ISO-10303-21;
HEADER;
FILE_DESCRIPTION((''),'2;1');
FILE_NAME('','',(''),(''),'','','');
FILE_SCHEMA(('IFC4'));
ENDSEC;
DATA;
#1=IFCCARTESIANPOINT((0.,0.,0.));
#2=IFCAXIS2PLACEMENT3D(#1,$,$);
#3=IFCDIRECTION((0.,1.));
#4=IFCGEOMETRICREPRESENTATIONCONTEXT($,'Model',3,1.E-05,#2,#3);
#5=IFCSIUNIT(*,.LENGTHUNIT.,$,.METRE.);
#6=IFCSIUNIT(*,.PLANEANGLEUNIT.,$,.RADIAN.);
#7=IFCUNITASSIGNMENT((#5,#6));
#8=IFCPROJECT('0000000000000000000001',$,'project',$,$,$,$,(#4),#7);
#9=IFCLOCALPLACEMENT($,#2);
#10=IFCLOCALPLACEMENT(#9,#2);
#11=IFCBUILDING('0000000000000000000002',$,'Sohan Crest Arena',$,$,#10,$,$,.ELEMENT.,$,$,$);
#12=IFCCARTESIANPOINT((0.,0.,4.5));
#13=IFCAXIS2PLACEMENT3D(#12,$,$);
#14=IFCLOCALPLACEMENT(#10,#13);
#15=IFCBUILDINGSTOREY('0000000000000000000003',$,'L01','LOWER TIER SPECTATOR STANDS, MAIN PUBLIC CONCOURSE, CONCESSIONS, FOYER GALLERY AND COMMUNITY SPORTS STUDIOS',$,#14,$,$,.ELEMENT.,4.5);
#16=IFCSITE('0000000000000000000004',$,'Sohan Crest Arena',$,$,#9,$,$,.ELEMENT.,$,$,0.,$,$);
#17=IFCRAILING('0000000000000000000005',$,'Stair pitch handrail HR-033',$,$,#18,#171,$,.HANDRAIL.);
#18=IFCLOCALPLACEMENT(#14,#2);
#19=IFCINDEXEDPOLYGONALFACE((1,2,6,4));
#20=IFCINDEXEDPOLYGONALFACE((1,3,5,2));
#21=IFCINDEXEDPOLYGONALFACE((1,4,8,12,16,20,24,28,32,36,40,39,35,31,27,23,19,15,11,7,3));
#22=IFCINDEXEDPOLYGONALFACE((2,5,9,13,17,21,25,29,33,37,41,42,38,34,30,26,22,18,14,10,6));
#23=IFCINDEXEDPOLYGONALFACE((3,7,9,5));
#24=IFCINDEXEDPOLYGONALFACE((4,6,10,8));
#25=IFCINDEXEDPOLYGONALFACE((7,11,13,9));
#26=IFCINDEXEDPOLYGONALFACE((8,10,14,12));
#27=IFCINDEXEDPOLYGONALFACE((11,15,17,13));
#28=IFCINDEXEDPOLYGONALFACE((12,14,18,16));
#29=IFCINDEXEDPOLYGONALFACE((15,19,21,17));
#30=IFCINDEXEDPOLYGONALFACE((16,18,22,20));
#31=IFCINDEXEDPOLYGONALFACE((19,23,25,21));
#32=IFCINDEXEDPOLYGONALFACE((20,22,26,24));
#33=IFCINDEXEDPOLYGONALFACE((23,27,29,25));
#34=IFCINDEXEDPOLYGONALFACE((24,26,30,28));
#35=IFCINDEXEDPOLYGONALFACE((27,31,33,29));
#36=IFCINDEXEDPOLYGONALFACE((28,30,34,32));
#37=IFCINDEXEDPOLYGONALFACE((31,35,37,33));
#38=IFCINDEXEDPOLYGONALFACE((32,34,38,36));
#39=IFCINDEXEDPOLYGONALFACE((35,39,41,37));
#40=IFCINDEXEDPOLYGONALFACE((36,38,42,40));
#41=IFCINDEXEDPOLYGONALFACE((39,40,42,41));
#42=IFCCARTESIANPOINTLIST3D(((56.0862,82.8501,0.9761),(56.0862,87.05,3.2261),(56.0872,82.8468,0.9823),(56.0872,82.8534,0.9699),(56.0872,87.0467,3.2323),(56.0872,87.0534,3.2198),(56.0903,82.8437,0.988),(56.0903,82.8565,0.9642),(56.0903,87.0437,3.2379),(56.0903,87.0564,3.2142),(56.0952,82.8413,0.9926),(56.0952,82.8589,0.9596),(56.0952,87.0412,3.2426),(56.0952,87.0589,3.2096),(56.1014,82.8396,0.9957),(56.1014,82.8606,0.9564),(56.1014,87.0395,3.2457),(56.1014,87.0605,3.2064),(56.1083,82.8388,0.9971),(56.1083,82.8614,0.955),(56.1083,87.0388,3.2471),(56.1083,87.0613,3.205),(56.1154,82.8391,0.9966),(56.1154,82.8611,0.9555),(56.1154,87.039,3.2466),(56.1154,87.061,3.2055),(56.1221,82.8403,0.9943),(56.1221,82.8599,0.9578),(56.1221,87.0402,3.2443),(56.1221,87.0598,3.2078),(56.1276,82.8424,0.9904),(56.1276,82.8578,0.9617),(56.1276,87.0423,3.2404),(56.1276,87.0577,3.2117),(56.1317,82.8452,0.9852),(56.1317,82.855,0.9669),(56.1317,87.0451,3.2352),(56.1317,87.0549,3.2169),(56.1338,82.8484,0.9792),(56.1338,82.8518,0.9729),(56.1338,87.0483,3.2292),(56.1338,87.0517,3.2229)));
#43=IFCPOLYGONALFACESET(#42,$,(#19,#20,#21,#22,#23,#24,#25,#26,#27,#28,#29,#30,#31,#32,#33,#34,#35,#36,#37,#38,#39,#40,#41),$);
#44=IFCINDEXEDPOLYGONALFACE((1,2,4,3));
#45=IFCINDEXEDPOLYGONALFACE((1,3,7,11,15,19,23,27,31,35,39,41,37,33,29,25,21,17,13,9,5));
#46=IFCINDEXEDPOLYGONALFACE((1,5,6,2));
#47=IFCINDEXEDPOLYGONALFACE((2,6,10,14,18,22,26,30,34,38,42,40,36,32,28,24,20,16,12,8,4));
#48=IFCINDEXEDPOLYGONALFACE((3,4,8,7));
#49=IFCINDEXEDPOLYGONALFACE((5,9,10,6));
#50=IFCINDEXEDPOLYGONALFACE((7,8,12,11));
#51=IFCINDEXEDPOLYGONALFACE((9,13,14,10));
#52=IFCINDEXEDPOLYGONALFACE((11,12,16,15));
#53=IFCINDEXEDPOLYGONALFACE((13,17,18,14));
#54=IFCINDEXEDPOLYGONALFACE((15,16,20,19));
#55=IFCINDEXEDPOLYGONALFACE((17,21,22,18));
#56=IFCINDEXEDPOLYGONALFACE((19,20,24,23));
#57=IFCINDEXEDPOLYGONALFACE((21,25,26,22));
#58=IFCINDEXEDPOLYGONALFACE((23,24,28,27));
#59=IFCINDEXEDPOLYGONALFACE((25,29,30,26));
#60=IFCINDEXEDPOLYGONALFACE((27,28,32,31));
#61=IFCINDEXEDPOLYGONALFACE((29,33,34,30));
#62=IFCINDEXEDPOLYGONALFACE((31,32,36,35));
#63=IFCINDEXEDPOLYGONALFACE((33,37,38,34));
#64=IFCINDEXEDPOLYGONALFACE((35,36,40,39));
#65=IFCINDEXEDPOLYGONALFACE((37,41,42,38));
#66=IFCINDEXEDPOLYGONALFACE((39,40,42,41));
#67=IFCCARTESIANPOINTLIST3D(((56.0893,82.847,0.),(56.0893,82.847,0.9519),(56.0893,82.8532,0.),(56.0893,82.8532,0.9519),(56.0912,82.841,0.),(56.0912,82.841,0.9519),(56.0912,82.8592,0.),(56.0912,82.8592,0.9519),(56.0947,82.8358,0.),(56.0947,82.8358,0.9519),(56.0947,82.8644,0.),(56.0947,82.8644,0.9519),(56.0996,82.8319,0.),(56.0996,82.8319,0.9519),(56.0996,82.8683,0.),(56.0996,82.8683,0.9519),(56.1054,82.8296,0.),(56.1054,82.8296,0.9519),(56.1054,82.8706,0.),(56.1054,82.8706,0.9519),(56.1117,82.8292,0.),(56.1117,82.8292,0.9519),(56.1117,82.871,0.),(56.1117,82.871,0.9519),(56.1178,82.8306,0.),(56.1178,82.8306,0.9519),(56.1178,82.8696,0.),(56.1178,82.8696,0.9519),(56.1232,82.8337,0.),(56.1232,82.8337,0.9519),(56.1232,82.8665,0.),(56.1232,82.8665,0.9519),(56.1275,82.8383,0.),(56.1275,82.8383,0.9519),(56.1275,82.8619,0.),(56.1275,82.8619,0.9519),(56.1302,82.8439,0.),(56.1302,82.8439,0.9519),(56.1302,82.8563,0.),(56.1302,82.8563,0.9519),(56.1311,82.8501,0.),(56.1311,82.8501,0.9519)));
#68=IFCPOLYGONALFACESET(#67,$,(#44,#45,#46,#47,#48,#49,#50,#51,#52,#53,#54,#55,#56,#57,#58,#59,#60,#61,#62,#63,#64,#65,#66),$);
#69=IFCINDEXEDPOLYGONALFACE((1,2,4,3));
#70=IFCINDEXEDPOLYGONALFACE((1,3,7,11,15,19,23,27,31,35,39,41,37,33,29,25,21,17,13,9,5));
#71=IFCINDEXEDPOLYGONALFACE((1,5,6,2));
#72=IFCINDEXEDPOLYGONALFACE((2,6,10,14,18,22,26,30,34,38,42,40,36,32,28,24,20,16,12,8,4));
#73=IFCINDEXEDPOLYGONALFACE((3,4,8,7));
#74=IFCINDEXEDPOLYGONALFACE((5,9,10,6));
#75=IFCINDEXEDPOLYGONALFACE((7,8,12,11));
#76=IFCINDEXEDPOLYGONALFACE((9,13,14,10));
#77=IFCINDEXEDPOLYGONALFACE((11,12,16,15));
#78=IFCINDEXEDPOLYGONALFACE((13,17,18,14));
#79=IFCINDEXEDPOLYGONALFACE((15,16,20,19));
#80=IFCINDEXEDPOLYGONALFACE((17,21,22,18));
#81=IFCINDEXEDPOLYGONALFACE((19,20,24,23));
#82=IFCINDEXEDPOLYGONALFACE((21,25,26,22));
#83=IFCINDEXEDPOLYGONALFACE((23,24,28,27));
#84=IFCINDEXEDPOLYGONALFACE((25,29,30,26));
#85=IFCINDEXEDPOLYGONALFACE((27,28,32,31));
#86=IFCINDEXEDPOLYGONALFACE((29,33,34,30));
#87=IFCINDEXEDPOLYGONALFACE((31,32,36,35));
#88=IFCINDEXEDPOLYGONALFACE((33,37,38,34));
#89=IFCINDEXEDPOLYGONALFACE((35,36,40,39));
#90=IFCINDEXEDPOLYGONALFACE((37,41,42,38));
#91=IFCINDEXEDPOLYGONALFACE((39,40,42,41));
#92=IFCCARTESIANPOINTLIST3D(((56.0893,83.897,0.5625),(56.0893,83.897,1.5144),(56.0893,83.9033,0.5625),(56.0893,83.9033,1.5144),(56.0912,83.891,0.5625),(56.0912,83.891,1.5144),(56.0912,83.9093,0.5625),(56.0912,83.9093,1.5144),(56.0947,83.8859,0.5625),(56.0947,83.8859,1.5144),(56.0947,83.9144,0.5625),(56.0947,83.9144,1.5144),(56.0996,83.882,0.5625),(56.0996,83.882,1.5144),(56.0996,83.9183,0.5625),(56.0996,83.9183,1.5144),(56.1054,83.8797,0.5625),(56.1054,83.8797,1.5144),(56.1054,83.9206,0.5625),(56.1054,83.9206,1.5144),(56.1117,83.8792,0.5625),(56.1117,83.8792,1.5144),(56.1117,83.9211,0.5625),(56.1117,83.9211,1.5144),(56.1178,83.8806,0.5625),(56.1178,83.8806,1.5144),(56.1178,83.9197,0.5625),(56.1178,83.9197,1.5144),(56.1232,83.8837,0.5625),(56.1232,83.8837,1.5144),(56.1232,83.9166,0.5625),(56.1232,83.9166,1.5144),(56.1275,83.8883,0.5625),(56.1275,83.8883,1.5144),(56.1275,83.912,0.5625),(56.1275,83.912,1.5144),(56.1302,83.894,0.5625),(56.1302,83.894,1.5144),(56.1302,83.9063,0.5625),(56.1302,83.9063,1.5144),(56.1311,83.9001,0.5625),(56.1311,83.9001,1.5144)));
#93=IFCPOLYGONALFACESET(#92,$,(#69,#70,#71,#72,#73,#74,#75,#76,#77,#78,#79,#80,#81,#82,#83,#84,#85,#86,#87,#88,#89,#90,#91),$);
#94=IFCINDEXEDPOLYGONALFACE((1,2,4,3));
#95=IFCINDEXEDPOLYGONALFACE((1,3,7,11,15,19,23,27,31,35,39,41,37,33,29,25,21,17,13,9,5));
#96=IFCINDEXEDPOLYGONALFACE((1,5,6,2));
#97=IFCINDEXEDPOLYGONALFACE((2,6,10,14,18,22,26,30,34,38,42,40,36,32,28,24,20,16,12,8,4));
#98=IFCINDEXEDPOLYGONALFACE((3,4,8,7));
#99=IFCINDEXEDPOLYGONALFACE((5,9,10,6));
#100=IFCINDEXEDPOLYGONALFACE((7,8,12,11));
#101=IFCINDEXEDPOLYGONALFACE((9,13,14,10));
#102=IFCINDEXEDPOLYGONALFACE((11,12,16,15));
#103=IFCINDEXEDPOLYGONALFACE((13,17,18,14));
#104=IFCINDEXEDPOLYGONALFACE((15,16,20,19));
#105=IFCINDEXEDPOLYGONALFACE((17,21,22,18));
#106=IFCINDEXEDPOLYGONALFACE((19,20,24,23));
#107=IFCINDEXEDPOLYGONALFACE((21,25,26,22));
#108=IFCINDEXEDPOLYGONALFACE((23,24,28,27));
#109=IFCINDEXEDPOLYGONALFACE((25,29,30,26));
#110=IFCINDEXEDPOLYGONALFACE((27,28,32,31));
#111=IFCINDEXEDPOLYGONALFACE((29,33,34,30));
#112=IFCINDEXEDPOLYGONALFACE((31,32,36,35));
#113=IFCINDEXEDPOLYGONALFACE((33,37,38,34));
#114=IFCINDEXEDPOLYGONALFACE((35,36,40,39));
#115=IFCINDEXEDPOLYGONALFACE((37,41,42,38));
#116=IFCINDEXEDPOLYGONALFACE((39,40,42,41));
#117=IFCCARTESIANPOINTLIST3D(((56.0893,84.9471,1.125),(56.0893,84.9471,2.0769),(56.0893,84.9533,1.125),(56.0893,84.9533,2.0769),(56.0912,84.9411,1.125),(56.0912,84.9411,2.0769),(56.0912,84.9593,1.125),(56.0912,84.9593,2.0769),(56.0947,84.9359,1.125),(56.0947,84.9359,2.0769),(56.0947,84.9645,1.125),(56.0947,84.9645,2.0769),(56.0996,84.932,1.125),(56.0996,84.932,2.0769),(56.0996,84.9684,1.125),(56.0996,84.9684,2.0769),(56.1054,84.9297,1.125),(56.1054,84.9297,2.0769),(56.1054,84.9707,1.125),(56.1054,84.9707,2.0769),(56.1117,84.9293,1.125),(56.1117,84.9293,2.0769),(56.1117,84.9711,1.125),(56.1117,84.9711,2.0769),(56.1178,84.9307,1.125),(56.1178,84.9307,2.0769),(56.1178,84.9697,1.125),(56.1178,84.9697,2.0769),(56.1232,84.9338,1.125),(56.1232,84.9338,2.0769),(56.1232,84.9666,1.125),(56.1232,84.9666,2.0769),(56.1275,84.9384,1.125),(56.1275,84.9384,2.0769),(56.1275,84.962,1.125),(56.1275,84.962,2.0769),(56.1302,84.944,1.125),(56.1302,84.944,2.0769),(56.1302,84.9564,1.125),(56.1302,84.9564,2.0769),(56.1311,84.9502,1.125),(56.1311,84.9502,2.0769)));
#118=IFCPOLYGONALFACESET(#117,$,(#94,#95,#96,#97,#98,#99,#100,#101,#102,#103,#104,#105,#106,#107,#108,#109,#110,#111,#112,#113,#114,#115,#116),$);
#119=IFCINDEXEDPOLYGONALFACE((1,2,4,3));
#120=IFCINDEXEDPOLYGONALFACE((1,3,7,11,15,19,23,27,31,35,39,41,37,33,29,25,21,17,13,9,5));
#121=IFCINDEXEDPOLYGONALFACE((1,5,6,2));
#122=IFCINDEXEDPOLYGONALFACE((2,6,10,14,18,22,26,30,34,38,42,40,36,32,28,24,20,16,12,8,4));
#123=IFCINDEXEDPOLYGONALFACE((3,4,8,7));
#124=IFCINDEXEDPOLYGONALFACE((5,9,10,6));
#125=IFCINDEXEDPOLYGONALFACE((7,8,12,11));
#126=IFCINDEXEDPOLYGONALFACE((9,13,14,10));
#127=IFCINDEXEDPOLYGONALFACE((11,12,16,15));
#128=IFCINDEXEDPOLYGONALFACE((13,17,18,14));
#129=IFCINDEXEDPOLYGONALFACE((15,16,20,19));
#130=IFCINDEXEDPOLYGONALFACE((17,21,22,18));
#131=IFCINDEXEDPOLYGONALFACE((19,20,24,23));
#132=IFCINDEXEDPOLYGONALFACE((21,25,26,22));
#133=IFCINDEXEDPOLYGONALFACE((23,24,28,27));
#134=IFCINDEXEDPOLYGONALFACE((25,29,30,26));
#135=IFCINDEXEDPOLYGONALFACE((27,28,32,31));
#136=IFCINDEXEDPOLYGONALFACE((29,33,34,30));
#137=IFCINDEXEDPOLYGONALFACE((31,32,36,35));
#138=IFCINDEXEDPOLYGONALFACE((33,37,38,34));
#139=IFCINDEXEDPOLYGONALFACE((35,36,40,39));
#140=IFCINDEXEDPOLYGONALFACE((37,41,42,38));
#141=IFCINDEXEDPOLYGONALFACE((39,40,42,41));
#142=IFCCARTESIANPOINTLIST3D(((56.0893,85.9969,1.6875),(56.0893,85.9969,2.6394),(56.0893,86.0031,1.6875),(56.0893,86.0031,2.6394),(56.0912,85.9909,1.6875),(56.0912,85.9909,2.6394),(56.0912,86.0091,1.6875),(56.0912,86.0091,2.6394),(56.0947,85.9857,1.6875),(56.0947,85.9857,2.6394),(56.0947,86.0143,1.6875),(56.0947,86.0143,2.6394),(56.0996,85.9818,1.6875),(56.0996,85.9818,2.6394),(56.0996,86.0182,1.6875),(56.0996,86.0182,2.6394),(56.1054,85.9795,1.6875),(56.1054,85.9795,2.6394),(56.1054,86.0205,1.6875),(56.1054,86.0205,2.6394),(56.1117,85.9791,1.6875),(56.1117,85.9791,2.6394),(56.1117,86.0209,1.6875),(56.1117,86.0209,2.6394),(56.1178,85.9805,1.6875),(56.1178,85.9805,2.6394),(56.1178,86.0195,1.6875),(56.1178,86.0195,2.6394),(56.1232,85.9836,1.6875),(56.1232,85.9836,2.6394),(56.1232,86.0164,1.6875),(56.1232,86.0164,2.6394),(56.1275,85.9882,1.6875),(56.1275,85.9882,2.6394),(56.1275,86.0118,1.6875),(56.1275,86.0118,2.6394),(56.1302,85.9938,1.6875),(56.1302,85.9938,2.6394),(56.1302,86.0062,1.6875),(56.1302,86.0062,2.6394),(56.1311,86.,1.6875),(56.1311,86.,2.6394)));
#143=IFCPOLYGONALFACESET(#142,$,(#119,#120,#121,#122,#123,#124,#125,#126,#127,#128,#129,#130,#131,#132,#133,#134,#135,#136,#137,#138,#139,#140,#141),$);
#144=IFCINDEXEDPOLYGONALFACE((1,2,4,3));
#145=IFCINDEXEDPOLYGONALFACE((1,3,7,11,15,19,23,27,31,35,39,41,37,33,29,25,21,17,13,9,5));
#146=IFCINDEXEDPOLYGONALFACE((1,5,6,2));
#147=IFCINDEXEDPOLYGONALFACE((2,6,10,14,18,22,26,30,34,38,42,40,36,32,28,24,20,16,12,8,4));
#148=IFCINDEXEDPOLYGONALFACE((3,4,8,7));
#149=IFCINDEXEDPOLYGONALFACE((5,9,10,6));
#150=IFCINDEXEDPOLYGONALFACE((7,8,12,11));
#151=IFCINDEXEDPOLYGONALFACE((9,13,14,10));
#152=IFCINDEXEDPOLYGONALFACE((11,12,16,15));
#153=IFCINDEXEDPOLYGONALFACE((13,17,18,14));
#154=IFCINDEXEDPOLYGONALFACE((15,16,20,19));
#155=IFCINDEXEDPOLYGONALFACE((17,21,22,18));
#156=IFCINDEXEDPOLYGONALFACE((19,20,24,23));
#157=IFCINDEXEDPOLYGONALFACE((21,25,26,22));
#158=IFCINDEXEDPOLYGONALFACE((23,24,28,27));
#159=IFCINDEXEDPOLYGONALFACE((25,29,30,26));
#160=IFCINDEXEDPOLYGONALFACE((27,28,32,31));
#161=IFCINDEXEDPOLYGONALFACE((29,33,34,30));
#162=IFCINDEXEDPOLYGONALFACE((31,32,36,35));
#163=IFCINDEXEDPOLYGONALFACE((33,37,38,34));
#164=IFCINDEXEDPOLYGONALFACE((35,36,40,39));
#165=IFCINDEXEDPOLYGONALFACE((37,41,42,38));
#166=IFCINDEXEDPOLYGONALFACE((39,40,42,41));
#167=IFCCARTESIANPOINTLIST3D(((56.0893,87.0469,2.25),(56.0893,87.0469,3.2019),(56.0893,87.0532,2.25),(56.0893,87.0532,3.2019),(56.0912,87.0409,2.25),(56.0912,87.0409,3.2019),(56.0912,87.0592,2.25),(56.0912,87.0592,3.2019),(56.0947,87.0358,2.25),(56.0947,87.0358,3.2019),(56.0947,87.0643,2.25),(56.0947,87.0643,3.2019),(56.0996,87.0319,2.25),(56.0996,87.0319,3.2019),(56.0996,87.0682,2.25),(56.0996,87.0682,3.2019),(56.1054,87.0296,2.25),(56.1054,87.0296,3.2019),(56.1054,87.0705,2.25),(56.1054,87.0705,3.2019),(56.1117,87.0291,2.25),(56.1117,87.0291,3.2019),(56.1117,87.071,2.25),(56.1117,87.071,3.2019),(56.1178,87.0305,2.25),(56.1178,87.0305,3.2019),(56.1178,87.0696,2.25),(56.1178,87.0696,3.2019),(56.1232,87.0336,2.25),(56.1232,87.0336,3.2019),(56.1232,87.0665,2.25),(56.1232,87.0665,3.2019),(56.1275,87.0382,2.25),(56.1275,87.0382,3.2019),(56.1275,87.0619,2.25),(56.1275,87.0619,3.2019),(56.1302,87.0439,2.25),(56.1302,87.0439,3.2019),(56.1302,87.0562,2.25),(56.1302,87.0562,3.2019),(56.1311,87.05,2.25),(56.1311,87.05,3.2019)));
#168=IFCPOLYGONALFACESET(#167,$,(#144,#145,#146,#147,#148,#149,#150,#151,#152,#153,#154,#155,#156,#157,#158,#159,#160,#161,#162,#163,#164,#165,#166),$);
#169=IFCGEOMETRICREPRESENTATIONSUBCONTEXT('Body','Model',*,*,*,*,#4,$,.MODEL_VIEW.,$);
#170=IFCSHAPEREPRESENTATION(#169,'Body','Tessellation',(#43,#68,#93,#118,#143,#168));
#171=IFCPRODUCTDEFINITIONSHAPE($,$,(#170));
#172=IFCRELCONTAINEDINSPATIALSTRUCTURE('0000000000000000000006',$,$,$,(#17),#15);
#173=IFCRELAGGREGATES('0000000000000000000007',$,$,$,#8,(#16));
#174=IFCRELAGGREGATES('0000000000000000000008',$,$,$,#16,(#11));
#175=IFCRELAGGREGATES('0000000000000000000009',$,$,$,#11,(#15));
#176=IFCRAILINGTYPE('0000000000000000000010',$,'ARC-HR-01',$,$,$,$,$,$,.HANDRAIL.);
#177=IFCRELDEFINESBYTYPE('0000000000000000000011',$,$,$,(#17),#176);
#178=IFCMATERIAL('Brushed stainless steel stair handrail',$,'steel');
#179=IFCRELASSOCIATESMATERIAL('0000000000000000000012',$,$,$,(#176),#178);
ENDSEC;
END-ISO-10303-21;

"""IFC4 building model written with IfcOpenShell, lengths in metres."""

from ifc_helpers import new_model, si_unit, direction, frame, origin, origin_2d, place, context, subcontext, project, spatial, circle, extrude, material, type_object, element, save


model = new_model("IFC4")

# Units and contexts
model_context = context("Model", 3, precision=1e-05, world=origin(), true_north=direction((0.0, 1.0)))
body_context = subcontext(model_context, "Body", "Model", "MODEL_VIEW")
ifc_project = project(units=[si_unit("LENGTHUNIT", "METRE"), si_unit("PLANEANGLEUNIT", "RADIAN")], contexts=[model_context])

# Site, building, storey
site_placement = place(None, origin())
site = spatial("IfcSite", under=ifc_project, at=site_placement, Name="Sohan Crest Arena", CompositionType="ELEMENT", RefElevation=0.0)
building_placement = place(site_placement, origin())
building = spatial("IfcBuilding", under=site, at=building_placement, Name="Sohan Crest Arena", CompositionType="ELEMENT")
storey_placement = place(building_placement, frame((0.0, 0.0, 4.5)))
storey = spatial("IfcBuildingStorey", under=building, at=storey_placement, Name="L01", Description="LOWER TIER SPECTATOR STANDS, MAIN PUBLIC CONCOURSE, CONCESSIONS, FOYER GALLERY AND COMMUNITY SPORTS STUDIOS", CompositionType="ELEMENT", Elevation=4.5)

# Railing
ifc_material_1 = material(Name="Brushed stainless steel stair handrail", Category="steel")
railing_type_1 = type_object("IfcRailingType", Name="ARC-HR-01", PredefinedType="HANDRAIL", material=ifc_material_1)
for number, where, name in (
    (1, (56.1101, 82.8501, 0.0), "Stair pitch handrail HR-033"),
):
    element("IfcRailing", number, at=place(storey_placement, frame(where)), inside=storey, type_object=railing_type_1, Name=name, PredefinedType="HANDRAIL", context=body_context, shape_type="SweptSolid", body=[
        extrude(circle(Radius=0.0239, at=origin_2d()), frame((0.0, 0.0, 0.9761), z_axis=(0.0, 0.881478, 0.472226), x_axis=(-1.0, 0.0, 0.0)), (0.0, 0.0, 1.0), 4.7646),
        extrude(circle(Radius=0.021, at=origin_2d()), origin(), (0.0, 0.0, 1.0), 0.9519),
        extrude(circle(Radius=0.021, at=origin_2d()), frame((0.0, 1.05, 0.5625)), (0.0, 0.0, 1.0), 0.9519),
        extrude(circle(Radius=0.021, at=origin_2d()), frame((0.0, 2.1001, 1.125)), (0.0, 0.0, 1.0), 0.9519),
        extrude(circle(Radius=0.021, at=origin_2d()), frame((0.0, 3.1499, 1.6875)), (0.0, 0.0, 1.0), 0.9519),
        extrude(circle(Radius=0.021, at=origin_2d()), frame((0.0, 4.2, 2.25)), (0.0, 0.0, 1.0), 0.9519),
    ])

save(model, "model.ifc")
